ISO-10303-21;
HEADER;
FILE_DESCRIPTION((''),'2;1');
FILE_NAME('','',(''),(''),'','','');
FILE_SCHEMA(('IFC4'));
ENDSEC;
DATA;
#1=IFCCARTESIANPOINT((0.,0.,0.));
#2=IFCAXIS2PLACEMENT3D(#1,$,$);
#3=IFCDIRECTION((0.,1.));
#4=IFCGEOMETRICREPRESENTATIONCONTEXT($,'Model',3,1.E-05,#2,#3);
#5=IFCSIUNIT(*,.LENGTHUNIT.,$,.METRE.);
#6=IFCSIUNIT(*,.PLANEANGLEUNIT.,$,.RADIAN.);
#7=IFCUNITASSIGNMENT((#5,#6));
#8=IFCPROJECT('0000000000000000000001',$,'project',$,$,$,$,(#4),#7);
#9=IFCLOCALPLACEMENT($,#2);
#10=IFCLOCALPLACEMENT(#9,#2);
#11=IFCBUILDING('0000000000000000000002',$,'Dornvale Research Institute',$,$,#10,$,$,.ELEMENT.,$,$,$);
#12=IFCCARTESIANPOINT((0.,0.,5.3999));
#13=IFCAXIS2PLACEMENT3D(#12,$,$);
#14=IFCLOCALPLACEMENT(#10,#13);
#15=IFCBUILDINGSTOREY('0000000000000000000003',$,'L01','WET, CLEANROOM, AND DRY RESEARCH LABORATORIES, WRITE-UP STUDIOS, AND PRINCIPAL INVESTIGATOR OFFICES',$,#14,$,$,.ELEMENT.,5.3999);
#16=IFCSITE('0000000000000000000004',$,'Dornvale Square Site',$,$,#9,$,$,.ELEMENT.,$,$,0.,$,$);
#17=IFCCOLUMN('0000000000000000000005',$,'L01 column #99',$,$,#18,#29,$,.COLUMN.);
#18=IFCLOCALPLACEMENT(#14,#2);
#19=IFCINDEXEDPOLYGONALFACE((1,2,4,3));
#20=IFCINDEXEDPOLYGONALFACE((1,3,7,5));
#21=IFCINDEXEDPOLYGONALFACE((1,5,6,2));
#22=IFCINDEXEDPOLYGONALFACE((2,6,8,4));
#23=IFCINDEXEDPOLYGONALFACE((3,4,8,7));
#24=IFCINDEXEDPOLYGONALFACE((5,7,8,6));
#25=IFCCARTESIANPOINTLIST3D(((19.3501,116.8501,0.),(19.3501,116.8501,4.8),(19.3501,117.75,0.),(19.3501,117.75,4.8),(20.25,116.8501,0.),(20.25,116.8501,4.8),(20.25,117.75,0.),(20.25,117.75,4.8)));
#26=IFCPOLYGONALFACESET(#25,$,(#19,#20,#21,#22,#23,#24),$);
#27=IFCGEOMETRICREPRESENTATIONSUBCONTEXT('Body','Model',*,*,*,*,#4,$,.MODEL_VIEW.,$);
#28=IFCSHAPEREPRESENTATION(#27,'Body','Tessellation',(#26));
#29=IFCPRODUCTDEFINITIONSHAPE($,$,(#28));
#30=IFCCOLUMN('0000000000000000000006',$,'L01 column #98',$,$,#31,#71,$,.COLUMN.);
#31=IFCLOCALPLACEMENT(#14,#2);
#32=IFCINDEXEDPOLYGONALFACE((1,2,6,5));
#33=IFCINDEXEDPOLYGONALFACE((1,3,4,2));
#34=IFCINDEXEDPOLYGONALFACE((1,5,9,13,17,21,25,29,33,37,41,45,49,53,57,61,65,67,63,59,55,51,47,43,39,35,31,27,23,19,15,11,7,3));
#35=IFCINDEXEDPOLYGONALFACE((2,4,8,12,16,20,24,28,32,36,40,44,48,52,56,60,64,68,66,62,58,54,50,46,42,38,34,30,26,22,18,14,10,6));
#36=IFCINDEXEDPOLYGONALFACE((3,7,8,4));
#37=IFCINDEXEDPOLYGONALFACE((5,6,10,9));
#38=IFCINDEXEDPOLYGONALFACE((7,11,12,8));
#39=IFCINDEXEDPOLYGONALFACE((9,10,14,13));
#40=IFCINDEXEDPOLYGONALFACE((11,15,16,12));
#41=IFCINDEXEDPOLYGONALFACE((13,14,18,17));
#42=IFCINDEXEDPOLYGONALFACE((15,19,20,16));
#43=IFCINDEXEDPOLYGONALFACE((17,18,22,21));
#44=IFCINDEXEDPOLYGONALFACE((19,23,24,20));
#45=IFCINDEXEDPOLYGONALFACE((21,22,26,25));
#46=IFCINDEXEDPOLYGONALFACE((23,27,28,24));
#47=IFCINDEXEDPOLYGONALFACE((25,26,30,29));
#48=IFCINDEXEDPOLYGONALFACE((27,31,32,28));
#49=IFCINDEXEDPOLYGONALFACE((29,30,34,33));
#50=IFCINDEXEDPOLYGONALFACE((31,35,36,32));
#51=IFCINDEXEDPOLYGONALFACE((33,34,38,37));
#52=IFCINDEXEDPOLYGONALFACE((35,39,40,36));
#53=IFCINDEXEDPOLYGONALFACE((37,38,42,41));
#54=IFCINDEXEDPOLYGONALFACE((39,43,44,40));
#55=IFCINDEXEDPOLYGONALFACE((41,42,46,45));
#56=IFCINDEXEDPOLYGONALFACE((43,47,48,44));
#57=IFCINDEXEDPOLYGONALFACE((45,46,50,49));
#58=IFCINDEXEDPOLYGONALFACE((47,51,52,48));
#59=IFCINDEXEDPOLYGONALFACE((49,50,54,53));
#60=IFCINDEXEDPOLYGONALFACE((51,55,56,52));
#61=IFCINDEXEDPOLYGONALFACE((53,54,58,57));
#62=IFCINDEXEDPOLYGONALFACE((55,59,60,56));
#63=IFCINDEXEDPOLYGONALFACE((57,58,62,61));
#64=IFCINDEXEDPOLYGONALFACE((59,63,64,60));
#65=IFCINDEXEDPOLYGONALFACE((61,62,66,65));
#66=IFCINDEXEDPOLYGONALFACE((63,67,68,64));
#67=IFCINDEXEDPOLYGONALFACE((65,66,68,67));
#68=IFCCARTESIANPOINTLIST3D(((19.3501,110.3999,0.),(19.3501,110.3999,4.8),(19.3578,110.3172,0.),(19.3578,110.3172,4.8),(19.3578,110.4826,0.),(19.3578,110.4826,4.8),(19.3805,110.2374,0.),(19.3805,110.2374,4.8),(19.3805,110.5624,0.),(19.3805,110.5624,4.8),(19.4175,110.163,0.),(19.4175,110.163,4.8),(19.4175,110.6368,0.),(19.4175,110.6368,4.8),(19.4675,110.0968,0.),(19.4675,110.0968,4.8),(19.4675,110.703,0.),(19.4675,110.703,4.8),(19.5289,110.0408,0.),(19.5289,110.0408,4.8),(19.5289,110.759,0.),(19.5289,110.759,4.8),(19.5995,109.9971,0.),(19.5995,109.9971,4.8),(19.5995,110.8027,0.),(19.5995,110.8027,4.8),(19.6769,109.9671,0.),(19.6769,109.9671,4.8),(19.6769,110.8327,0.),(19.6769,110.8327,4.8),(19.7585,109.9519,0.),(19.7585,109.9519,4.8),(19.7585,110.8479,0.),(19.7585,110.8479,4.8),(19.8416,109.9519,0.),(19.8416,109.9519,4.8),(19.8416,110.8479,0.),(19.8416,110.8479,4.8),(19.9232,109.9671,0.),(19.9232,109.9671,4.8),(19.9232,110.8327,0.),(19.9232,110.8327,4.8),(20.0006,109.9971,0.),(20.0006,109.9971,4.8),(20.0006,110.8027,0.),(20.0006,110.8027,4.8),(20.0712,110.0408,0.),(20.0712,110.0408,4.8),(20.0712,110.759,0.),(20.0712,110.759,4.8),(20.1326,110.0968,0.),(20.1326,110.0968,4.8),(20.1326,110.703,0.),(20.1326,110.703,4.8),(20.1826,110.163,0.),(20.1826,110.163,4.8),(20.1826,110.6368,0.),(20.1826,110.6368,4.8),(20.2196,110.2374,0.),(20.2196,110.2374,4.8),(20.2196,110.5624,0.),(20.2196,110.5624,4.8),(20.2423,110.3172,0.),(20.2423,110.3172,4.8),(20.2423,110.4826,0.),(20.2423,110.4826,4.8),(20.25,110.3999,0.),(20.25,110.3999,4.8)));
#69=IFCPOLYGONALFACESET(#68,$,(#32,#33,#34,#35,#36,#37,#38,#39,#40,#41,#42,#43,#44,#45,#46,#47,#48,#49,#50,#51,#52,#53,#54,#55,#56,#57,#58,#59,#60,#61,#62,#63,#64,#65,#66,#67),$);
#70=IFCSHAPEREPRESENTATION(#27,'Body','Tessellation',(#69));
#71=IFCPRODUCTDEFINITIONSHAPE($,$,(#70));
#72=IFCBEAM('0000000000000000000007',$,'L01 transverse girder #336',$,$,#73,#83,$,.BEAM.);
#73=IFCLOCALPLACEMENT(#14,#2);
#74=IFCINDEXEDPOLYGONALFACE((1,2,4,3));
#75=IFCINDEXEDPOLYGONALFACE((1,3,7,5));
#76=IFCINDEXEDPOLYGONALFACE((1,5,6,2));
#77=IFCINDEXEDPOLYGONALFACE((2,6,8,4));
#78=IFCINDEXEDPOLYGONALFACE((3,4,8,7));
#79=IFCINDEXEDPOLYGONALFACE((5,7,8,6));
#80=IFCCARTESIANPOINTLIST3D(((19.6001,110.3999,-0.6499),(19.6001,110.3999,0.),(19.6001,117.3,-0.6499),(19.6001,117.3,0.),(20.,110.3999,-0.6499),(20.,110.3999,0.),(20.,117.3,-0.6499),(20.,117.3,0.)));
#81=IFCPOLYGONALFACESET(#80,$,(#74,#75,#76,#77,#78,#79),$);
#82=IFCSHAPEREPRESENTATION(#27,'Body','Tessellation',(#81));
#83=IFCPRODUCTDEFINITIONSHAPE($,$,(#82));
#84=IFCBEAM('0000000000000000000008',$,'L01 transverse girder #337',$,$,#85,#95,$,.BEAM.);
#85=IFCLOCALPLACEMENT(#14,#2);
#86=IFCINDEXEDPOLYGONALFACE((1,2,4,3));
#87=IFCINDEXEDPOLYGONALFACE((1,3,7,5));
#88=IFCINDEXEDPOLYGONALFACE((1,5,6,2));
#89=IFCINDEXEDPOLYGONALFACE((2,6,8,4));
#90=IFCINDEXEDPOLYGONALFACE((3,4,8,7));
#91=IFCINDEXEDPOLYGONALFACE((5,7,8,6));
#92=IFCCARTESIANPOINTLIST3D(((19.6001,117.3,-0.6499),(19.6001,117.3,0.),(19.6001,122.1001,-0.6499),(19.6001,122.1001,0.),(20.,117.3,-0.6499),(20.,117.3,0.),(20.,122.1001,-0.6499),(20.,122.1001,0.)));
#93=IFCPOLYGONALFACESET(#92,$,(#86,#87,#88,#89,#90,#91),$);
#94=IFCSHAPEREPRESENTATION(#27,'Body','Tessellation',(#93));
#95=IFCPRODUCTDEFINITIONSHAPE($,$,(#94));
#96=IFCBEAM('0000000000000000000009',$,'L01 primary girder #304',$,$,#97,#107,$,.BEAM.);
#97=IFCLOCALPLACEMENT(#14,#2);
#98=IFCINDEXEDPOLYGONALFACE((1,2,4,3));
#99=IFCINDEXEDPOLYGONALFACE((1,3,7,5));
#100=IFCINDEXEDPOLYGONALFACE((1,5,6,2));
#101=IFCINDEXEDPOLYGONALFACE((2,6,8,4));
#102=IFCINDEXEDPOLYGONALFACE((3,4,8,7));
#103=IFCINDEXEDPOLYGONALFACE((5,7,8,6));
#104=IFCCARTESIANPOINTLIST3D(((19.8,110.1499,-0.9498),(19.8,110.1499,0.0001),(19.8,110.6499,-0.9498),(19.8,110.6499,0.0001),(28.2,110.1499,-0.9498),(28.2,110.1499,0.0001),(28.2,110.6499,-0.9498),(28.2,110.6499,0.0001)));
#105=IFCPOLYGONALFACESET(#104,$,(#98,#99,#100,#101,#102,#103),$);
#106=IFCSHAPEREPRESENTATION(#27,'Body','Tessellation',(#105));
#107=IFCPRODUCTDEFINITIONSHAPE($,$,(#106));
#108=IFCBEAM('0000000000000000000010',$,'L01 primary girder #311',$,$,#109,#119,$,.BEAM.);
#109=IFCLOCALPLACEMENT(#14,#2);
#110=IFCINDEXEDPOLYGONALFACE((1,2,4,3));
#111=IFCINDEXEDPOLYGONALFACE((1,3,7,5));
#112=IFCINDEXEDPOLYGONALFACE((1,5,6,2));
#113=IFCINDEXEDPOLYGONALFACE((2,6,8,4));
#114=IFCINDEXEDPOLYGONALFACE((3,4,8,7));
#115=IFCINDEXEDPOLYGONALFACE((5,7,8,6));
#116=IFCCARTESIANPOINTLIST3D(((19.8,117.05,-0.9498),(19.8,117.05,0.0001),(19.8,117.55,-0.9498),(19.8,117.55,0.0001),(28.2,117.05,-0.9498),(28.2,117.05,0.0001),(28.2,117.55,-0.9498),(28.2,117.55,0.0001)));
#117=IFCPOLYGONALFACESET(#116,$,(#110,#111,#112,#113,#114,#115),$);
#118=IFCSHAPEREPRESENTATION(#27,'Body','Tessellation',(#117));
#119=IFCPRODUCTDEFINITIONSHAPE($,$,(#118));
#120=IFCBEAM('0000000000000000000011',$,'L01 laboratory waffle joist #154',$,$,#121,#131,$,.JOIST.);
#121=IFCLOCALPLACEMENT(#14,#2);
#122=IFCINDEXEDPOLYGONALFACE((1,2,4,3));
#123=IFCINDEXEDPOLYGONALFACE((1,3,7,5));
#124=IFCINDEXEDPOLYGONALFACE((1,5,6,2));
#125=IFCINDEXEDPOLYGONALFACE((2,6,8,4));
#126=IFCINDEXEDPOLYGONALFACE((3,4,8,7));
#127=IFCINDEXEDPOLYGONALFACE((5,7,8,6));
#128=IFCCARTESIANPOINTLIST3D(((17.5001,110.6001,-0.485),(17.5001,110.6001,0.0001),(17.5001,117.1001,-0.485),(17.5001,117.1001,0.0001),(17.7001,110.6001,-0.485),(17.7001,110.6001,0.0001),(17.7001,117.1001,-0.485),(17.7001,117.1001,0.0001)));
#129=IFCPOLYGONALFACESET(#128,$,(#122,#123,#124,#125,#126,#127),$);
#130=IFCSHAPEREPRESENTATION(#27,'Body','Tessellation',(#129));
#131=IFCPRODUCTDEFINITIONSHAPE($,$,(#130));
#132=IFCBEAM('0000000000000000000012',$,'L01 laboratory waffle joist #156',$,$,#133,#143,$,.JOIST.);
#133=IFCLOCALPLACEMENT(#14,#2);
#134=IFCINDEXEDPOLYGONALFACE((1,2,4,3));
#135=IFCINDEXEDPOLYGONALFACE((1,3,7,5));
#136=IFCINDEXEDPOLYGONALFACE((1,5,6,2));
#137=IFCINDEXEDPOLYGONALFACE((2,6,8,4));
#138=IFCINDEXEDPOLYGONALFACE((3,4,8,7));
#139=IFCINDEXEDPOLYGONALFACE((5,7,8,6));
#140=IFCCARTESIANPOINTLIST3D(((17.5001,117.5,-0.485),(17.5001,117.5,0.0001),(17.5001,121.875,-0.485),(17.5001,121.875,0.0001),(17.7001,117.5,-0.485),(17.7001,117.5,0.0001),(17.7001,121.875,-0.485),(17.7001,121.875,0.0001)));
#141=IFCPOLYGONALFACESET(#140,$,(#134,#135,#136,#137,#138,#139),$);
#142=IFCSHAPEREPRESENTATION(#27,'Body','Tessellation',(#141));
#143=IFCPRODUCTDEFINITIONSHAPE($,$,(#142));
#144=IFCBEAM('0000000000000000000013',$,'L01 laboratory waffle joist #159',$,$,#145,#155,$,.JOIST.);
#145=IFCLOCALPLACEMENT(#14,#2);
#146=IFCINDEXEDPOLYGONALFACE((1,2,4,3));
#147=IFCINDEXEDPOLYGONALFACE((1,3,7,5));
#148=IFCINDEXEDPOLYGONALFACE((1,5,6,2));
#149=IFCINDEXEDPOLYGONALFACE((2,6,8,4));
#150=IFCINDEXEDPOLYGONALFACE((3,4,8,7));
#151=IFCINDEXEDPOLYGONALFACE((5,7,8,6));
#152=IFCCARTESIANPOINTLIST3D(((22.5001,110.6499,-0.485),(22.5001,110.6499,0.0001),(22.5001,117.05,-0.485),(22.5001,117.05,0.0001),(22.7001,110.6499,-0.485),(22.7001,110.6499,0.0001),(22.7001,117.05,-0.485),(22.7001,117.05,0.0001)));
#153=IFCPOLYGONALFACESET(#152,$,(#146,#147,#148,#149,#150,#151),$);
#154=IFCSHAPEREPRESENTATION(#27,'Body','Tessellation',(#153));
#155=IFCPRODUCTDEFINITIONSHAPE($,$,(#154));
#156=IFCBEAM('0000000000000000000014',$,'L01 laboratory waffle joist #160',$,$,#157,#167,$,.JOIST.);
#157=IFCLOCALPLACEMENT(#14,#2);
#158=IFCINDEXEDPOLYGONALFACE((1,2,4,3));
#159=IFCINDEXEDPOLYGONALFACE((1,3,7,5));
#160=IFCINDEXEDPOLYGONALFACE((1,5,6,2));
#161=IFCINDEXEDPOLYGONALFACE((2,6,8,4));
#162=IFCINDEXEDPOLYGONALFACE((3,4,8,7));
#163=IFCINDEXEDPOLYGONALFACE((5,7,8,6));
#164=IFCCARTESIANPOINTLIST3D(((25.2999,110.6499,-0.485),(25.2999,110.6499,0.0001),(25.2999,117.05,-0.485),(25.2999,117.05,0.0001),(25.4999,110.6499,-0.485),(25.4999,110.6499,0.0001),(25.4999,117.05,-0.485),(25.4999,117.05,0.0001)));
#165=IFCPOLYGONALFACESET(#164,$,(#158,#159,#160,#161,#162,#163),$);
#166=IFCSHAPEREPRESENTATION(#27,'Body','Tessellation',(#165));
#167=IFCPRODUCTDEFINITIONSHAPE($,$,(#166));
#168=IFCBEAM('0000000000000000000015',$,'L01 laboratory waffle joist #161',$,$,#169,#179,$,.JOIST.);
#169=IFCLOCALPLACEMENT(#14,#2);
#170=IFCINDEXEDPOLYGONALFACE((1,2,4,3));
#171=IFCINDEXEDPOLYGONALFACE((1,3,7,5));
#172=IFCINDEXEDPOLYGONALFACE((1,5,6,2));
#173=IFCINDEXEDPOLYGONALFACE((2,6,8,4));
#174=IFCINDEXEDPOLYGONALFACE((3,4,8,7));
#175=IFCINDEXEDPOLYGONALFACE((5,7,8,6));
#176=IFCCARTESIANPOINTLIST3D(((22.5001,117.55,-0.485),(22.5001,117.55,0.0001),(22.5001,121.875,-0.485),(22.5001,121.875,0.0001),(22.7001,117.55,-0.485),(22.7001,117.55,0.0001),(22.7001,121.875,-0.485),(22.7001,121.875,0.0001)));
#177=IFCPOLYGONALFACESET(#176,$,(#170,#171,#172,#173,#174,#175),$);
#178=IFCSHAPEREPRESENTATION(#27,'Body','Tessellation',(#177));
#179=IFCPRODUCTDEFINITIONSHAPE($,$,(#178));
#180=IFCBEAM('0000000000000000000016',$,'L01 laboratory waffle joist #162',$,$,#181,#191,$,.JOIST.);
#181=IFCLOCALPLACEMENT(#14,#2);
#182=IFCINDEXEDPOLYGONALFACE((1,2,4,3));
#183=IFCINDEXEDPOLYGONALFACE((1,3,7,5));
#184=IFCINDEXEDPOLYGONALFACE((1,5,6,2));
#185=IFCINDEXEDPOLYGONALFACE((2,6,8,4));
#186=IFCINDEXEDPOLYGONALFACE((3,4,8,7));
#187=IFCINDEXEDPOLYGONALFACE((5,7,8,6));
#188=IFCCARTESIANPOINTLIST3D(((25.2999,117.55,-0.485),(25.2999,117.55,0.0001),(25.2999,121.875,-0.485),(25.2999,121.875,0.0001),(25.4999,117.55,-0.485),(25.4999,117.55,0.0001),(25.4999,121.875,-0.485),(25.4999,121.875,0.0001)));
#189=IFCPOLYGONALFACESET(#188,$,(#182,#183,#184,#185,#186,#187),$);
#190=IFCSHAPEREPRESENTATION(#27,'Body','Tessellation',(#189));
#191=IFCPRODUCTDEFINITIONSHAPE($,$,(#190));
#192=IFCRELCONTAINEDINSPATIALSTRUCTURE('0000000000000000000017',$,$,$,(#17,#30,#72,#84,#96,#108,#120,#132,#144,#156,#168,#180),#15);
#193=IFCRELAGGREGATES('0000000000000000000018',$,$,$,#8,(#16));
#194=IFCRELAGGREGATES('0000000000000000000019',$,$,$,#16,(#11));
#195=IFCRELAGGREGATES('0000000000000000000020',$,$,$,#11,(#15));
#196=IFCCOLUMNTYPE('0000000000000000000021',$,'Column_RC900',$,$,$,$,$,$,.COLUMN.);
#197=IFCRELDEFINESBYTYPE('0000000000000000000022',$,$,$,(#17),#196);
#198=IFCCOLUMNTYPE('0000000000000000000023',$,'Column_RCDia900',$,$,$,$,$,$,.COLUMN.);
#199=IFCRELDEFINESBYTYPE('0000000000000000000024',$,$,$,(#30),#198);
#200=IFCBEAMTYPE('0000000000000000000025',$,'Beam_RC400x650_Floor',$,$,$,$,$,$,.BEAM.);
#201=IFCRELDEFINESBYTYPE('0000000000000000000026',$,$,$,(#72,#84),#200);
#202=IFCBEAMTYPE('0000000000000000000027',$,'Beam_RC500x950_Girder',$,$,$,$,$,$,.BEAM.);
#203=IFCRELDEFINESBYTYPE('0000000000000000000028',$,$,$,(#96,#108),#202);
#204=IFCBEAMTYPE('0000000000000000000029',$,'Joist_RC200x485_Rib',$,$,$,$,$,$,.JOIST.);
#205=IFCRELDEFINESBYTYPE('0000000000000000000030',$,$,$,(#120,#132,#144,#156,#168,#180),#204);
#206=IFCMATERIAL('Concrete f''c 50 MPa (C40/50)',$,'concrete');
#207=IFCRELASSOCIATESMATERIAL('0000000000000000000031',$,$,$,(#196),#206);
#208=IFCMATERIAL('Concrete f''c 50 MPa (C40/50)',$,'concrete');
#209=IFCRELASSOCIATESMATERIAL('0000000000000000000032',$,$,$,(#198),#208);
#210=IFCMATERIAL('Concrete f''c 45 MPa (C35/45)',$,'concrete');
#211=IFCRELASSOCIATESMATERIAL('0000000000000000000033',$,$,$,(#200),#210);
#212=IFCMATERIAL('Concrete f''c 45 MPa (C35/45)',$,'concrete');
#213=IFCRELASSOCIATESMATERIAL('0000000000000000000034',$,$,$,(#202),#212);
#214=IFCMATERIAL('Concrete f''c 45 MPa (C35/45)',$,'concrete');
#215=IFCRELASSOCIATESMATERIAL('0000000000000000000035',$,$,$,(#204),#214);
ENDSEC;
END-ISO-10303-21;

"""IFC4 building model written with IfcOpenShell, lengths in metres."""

from ifc_helpers import new_model, si_unit, direction, frame, origin, origin_2d, place, context, subcontext, project, spatial, rectangle, circle, extrude, material, material_profile, profile_set, type_object, element, save


model = new_model("IFC4")

# Units and contexts
model_context = context("Model", 3, precision=1e-05, world=origin(), true_north=direction((0.0, 1.0)))
body_context = subcontext(model_context, "Body", "Model", "MODEL_VIEW")
ifc_project = project(units=[si_unit("LENGTHUNIT", "METRE"), si_unit("PLANEANGLEUNIT", "RADIAN")], contexts=[model_context])

# Site, building, storey
site_placement = place(None, origin())
site = spatial("IfcSite", under=ifc_project, at=site_placement, Name="Dornvale Square Site", CompositionType="ELEMENT", RefElevation=0.0)
building_placement = place(site_placement, origin())
building = spatial("IfcBuilding", under=site, at=building_placement, Name="Dornvale Research Institute", CompositionType="ELEMENT")
storey_placement = place(building_placement, frame((0.0, 0.0, 5.3999)))
storey = spatial("IfcBuildingStorey", under=building, at=storey_placement, Name="L01", Description="WET, CLEANROOM, AND DRY RESEARCH LABORATORIES, WRITE-UP STUDIOS, AND PRINCIPAL INVESTIGATOR OFFICES", CompositionType="ELEMENT", Elevation=5.3999)

# Columns
ifc_material_1 = material(Name="Concrete f'c 50 MPa (C40/50)", Category="concrete")
ifc_material_profile_1 = material_profile(ifc_material_1, rectangle(XDim=0.8999, YDim=0.8999, at=origin_2d()), Name="RC 900x900")
ifc_profile_set_1 = profile_set([ifc_material_profile_1], Name="Concrete f'c 50 MPa (C40/50)")
column_type_1 = type_object("IfcColumnType", Name="Column_RC900", PredefinedType="COLUMN", material=ifc_profile_set_1)
column_1_placement = place(storey_placement, frame((19.8, 117.3, 0.0), z_axis=(0.0, 0.0, 1.0), x_axis=(1.0, 0.0, 0.0)))
element("IfcColumn", 1, at=column_1_placement, inside=storey, type_object=column_type_1, Name="L01 column #99", PredefinedType="COLUMN", context=body_context, shape_type="SweptSolid", body=[
    extrude(rectangle(XDim=0.8999, YDim=0.8999, at=origin_2d()), origin(), (0.0, 0.0, 1.0), 4.8),
])
ifc_material_2 = material(Name="Concrete f'c 50 MPa (C40/50)", Category="concrete")
ifc_material_profile_2 = material_profile(ifc_material_2, circle(Radius=0.45, at=origin_2d()), Name="RC DIA 900")
ifc_profile_set_2 = profile_set([ifc_material_profile_2], Name="Concrete f'c 50 MPa (C40/50)")
column_type_2 = type_object("IfcColumnType", Name="Column_RCDia900", PredefinedType="COLUMN", material=ifc_profile_set_2)
column_2_placement = place(storey_placement, frame((19.8, 110.3999, 0.0), z_axis=(0.0, 0.0, 1.0), x_axis=(1.0, 0.0, 0.0)))
element("IfcColumn", 2, at=column_2_placement, inside=storey, type_object=column_type_2, Name="L01 column #98", PredefinedType="COLUMN", context=body_context, shape_type="SweptSolid", body=[
    extrude(circle(Radius=0.45, at=origin_2d()), origin(), (0.0, 0.0, 1.0), 4.8),
])

# Beams
ifc_material_3 = material(Name="Concrete f'c 45 MPa (C35/45)", Category="concrete")
ifc_material_profile_3 = material_profile(ifc_material_3, rectangle(XDim=0.3999, YDim=0.6499, at=origin_2d()), Name="RC 400x650")
ifc_profile_set_3 = profile_set([ifc_material_profile_3], Name="Concrete f'c 45 MPa (C35/45)")
beam_type_1 = type_object("IfcBeamType", Name="Beam_RC400x650_Floor", PredefinedType="BEAM", material=ifc_profile_set_3)
beam_1_placement = place(storey_placement, frame((19.8, 110.3999, -0.325), z_axis=(0.0, 1.0, 0.0), x_axis=(-1.0, 0.0, 0.0)))
element("IfcBeam", 3, at=beam_1_placement, inside=storey, type_object=beam_type_1, Name="L01 transverse girder #336", PredefinedType="BEAM", context=body_context, shape_type="SweptSolid", body=[
    extrude(rectangle(XDim=0.3999, YDim=0.6499, at=origin_2d()), origin(), (0.0, 0.0, 1.0), 6.9001),
])
beam_2_placement = place(storey_placement, frame((19.8, 117.3, -0.325), z_axis=(0.0, 1.0, 0.0), x_axis=(-1.0, 0.0, 0.0)))
element("IfcBeam", 4, at=beam_2_placement, inside=storey, type_object=beam_type_1, Name="L01 transverse girder #337", PredefinedType="BEAM", context=body_context, shape_type="SweptSolid", body=[
    extrude(rectangle(XDim=0.3999, YDim=0.6499, at=origin_2d()), origin(), (0.0, 0.0, 1.0), 4.8),
])
ifc_material_4 = material(Name="Concrete f'c 45 MPa (C35/45)", Category="concrete")
ifc_material_profile_4 = material_profile(ifc_material_4, rectangle(XDim=0.5, YDim=0.95, at=origin_2d()), Name="RC 500x950")
ifc_profile_set_4 = profile_set([ifc_material_profile_4], Name="Concrete f'c 45 MPa (C35/45)")
beam_type_2 = type_object("IfcBeamType", Name="Beam_RC500x950_Girder", PredefinedType="BEAM", material=ifc_profile_set_4)
for number, where, z_axis, x_axis, name in (
    (5, (19.8, 110.3999, -0.4749), (1.0, 0.0, 0.0), (0.0, 1.0, 0.0), "L01 primary girder #304"),
    (6, (19.8, 117.3, -0.4749), (1.0, 0.0, 0.0), (0.0, 1.0, 0.0), "L01 primary girder #311"),
):
    element("IfcBeam", number, at=place(storey_placement, frame(where, z_axis=z_axis, x_axis=x_axis)), inside=storey, type_object=beam_type_2, Name=name, PredefinedType="BEAM", context=body_context, shape_type="SweptSolid", body=[
        extrude(rectangle(XDim=0.5, YDim=0.95, at=origin_2d()), origin(), (0.0, 0.0, 1.0), 8.3999),
    ])
ifc_material_5 = material(Name="Concrete f'c 45 MPa (C35/45)", Category="concrete")
ifc_material_profile_5 = material_profile(ifc_material_5, rectangle(XDim=0.2, YDim=0.4851, at=origin_2d()), Name="RC 200x485")
ifc_profile_set_5 = profile_set([ifc_material_profile_5], Name="Concrete f'c 45 MPa (C35/45)")
beam_type_3 = type_object("IfcBeamType", Name="Joist_RC200x485_Rib", PredefinedType="JOIST", material=ifc_profile_set_5)
beam_3_placement = place(storey_placement, frame((17.6001, 110.6001, -0.2424), z_axis=(0.0, 1.0, 0.0), x_axis=(-1.0, 0.0, 0.0)))
element("IfcBeam", 7, at=beam_3_placement, inside=storey, type_object=beam_type_3, Name="L01 laboratory waffle joist #154", PredefinedType="JOIST", context=body_context, shape_type="SweptSolid", body=[
    extrude(rectangle(XDim=0.2, YDim=0.4851, at=origin_2d()), origin(), (0.0, 0.0, 1.0), 6.5),
])
beam_4_placement = place(storey_placement, frame((17.6001, 117.5, -0.2424), z_axis=(0.0, 1.0, 0.0), x_axis=(-1.0, 0.0, 0.0)))
element("IfcBeam", 8, at=beam_4_placement, inside=storey, type_object=beam_type_3, Name="L01 laboratory waffle joist #156", PredefinedType="JOIST", context=body_context, shape_type="SweptSolid", body=[
    extrude(rectangle(XDim=0.2, YDim=0.4851, at=origin_2d()), origin(), (0.0, 0.0, 1.0), 4.375),
])
for number, where, z_axis, x_axis, name in (
    (9, (22.6001, 110.6499, -0.2424), (0.0, 1.0, 0.0), (-1.0, 0.0, 0.0), "L01 laboratory waffle joist #159"),
    (10, (25.3999, 110.6499, -0.2424), (0.0, 1.0, 0.0), (-1.0, 0.0, 0.0), "L01 laboratory waffle joist #160"),
):
    element("IfcBeam", number, at=place(storey_placement, frame(where, z_axis=z_axis, x_axis=x_axis)), inside=storey, type_object=beam_type_3, Name=name, PredefinedType="JOIST", context=body_context, shape_type="SweptSolid", body=[
        extrude(rectangle(XDim=0.2, YDim=0.4851, at=origin_2d()), origin(), (0.0, 0.0, 1.0), 6.4001),
    ])
for number, where, z_axis, x_axis, name in (
    (11, (22.6001, 117.55, -0.2424), (0.0, 1.0, 0.0), (-1.0, 0.0, 0.0), "L01 laboratory waffle joist #161"),
    (12, (25.3999, 117.55, -0.2424), (0.0, 1.0, 0.0), (-1.0, 0.0, 0.0), "L01 laboratory waffle joist #162"),
):
    element("IfcBeam", number, at=place(storey_placement, frame(where, z_axis=z_axis, x_axis=x_axis)), inside=storey, type_object=beam_type_3, Name=name, PredefinedType="JOIST", context=body_context, shape_type="SweptSolid", body=[
        extrude(rectangle(XDim=0.2, YDim=0.4851, at=origin_2d()), origin(), (0.0, 0.0, 1.0), 4.325),
    ])

save(model, "model.ifc")
